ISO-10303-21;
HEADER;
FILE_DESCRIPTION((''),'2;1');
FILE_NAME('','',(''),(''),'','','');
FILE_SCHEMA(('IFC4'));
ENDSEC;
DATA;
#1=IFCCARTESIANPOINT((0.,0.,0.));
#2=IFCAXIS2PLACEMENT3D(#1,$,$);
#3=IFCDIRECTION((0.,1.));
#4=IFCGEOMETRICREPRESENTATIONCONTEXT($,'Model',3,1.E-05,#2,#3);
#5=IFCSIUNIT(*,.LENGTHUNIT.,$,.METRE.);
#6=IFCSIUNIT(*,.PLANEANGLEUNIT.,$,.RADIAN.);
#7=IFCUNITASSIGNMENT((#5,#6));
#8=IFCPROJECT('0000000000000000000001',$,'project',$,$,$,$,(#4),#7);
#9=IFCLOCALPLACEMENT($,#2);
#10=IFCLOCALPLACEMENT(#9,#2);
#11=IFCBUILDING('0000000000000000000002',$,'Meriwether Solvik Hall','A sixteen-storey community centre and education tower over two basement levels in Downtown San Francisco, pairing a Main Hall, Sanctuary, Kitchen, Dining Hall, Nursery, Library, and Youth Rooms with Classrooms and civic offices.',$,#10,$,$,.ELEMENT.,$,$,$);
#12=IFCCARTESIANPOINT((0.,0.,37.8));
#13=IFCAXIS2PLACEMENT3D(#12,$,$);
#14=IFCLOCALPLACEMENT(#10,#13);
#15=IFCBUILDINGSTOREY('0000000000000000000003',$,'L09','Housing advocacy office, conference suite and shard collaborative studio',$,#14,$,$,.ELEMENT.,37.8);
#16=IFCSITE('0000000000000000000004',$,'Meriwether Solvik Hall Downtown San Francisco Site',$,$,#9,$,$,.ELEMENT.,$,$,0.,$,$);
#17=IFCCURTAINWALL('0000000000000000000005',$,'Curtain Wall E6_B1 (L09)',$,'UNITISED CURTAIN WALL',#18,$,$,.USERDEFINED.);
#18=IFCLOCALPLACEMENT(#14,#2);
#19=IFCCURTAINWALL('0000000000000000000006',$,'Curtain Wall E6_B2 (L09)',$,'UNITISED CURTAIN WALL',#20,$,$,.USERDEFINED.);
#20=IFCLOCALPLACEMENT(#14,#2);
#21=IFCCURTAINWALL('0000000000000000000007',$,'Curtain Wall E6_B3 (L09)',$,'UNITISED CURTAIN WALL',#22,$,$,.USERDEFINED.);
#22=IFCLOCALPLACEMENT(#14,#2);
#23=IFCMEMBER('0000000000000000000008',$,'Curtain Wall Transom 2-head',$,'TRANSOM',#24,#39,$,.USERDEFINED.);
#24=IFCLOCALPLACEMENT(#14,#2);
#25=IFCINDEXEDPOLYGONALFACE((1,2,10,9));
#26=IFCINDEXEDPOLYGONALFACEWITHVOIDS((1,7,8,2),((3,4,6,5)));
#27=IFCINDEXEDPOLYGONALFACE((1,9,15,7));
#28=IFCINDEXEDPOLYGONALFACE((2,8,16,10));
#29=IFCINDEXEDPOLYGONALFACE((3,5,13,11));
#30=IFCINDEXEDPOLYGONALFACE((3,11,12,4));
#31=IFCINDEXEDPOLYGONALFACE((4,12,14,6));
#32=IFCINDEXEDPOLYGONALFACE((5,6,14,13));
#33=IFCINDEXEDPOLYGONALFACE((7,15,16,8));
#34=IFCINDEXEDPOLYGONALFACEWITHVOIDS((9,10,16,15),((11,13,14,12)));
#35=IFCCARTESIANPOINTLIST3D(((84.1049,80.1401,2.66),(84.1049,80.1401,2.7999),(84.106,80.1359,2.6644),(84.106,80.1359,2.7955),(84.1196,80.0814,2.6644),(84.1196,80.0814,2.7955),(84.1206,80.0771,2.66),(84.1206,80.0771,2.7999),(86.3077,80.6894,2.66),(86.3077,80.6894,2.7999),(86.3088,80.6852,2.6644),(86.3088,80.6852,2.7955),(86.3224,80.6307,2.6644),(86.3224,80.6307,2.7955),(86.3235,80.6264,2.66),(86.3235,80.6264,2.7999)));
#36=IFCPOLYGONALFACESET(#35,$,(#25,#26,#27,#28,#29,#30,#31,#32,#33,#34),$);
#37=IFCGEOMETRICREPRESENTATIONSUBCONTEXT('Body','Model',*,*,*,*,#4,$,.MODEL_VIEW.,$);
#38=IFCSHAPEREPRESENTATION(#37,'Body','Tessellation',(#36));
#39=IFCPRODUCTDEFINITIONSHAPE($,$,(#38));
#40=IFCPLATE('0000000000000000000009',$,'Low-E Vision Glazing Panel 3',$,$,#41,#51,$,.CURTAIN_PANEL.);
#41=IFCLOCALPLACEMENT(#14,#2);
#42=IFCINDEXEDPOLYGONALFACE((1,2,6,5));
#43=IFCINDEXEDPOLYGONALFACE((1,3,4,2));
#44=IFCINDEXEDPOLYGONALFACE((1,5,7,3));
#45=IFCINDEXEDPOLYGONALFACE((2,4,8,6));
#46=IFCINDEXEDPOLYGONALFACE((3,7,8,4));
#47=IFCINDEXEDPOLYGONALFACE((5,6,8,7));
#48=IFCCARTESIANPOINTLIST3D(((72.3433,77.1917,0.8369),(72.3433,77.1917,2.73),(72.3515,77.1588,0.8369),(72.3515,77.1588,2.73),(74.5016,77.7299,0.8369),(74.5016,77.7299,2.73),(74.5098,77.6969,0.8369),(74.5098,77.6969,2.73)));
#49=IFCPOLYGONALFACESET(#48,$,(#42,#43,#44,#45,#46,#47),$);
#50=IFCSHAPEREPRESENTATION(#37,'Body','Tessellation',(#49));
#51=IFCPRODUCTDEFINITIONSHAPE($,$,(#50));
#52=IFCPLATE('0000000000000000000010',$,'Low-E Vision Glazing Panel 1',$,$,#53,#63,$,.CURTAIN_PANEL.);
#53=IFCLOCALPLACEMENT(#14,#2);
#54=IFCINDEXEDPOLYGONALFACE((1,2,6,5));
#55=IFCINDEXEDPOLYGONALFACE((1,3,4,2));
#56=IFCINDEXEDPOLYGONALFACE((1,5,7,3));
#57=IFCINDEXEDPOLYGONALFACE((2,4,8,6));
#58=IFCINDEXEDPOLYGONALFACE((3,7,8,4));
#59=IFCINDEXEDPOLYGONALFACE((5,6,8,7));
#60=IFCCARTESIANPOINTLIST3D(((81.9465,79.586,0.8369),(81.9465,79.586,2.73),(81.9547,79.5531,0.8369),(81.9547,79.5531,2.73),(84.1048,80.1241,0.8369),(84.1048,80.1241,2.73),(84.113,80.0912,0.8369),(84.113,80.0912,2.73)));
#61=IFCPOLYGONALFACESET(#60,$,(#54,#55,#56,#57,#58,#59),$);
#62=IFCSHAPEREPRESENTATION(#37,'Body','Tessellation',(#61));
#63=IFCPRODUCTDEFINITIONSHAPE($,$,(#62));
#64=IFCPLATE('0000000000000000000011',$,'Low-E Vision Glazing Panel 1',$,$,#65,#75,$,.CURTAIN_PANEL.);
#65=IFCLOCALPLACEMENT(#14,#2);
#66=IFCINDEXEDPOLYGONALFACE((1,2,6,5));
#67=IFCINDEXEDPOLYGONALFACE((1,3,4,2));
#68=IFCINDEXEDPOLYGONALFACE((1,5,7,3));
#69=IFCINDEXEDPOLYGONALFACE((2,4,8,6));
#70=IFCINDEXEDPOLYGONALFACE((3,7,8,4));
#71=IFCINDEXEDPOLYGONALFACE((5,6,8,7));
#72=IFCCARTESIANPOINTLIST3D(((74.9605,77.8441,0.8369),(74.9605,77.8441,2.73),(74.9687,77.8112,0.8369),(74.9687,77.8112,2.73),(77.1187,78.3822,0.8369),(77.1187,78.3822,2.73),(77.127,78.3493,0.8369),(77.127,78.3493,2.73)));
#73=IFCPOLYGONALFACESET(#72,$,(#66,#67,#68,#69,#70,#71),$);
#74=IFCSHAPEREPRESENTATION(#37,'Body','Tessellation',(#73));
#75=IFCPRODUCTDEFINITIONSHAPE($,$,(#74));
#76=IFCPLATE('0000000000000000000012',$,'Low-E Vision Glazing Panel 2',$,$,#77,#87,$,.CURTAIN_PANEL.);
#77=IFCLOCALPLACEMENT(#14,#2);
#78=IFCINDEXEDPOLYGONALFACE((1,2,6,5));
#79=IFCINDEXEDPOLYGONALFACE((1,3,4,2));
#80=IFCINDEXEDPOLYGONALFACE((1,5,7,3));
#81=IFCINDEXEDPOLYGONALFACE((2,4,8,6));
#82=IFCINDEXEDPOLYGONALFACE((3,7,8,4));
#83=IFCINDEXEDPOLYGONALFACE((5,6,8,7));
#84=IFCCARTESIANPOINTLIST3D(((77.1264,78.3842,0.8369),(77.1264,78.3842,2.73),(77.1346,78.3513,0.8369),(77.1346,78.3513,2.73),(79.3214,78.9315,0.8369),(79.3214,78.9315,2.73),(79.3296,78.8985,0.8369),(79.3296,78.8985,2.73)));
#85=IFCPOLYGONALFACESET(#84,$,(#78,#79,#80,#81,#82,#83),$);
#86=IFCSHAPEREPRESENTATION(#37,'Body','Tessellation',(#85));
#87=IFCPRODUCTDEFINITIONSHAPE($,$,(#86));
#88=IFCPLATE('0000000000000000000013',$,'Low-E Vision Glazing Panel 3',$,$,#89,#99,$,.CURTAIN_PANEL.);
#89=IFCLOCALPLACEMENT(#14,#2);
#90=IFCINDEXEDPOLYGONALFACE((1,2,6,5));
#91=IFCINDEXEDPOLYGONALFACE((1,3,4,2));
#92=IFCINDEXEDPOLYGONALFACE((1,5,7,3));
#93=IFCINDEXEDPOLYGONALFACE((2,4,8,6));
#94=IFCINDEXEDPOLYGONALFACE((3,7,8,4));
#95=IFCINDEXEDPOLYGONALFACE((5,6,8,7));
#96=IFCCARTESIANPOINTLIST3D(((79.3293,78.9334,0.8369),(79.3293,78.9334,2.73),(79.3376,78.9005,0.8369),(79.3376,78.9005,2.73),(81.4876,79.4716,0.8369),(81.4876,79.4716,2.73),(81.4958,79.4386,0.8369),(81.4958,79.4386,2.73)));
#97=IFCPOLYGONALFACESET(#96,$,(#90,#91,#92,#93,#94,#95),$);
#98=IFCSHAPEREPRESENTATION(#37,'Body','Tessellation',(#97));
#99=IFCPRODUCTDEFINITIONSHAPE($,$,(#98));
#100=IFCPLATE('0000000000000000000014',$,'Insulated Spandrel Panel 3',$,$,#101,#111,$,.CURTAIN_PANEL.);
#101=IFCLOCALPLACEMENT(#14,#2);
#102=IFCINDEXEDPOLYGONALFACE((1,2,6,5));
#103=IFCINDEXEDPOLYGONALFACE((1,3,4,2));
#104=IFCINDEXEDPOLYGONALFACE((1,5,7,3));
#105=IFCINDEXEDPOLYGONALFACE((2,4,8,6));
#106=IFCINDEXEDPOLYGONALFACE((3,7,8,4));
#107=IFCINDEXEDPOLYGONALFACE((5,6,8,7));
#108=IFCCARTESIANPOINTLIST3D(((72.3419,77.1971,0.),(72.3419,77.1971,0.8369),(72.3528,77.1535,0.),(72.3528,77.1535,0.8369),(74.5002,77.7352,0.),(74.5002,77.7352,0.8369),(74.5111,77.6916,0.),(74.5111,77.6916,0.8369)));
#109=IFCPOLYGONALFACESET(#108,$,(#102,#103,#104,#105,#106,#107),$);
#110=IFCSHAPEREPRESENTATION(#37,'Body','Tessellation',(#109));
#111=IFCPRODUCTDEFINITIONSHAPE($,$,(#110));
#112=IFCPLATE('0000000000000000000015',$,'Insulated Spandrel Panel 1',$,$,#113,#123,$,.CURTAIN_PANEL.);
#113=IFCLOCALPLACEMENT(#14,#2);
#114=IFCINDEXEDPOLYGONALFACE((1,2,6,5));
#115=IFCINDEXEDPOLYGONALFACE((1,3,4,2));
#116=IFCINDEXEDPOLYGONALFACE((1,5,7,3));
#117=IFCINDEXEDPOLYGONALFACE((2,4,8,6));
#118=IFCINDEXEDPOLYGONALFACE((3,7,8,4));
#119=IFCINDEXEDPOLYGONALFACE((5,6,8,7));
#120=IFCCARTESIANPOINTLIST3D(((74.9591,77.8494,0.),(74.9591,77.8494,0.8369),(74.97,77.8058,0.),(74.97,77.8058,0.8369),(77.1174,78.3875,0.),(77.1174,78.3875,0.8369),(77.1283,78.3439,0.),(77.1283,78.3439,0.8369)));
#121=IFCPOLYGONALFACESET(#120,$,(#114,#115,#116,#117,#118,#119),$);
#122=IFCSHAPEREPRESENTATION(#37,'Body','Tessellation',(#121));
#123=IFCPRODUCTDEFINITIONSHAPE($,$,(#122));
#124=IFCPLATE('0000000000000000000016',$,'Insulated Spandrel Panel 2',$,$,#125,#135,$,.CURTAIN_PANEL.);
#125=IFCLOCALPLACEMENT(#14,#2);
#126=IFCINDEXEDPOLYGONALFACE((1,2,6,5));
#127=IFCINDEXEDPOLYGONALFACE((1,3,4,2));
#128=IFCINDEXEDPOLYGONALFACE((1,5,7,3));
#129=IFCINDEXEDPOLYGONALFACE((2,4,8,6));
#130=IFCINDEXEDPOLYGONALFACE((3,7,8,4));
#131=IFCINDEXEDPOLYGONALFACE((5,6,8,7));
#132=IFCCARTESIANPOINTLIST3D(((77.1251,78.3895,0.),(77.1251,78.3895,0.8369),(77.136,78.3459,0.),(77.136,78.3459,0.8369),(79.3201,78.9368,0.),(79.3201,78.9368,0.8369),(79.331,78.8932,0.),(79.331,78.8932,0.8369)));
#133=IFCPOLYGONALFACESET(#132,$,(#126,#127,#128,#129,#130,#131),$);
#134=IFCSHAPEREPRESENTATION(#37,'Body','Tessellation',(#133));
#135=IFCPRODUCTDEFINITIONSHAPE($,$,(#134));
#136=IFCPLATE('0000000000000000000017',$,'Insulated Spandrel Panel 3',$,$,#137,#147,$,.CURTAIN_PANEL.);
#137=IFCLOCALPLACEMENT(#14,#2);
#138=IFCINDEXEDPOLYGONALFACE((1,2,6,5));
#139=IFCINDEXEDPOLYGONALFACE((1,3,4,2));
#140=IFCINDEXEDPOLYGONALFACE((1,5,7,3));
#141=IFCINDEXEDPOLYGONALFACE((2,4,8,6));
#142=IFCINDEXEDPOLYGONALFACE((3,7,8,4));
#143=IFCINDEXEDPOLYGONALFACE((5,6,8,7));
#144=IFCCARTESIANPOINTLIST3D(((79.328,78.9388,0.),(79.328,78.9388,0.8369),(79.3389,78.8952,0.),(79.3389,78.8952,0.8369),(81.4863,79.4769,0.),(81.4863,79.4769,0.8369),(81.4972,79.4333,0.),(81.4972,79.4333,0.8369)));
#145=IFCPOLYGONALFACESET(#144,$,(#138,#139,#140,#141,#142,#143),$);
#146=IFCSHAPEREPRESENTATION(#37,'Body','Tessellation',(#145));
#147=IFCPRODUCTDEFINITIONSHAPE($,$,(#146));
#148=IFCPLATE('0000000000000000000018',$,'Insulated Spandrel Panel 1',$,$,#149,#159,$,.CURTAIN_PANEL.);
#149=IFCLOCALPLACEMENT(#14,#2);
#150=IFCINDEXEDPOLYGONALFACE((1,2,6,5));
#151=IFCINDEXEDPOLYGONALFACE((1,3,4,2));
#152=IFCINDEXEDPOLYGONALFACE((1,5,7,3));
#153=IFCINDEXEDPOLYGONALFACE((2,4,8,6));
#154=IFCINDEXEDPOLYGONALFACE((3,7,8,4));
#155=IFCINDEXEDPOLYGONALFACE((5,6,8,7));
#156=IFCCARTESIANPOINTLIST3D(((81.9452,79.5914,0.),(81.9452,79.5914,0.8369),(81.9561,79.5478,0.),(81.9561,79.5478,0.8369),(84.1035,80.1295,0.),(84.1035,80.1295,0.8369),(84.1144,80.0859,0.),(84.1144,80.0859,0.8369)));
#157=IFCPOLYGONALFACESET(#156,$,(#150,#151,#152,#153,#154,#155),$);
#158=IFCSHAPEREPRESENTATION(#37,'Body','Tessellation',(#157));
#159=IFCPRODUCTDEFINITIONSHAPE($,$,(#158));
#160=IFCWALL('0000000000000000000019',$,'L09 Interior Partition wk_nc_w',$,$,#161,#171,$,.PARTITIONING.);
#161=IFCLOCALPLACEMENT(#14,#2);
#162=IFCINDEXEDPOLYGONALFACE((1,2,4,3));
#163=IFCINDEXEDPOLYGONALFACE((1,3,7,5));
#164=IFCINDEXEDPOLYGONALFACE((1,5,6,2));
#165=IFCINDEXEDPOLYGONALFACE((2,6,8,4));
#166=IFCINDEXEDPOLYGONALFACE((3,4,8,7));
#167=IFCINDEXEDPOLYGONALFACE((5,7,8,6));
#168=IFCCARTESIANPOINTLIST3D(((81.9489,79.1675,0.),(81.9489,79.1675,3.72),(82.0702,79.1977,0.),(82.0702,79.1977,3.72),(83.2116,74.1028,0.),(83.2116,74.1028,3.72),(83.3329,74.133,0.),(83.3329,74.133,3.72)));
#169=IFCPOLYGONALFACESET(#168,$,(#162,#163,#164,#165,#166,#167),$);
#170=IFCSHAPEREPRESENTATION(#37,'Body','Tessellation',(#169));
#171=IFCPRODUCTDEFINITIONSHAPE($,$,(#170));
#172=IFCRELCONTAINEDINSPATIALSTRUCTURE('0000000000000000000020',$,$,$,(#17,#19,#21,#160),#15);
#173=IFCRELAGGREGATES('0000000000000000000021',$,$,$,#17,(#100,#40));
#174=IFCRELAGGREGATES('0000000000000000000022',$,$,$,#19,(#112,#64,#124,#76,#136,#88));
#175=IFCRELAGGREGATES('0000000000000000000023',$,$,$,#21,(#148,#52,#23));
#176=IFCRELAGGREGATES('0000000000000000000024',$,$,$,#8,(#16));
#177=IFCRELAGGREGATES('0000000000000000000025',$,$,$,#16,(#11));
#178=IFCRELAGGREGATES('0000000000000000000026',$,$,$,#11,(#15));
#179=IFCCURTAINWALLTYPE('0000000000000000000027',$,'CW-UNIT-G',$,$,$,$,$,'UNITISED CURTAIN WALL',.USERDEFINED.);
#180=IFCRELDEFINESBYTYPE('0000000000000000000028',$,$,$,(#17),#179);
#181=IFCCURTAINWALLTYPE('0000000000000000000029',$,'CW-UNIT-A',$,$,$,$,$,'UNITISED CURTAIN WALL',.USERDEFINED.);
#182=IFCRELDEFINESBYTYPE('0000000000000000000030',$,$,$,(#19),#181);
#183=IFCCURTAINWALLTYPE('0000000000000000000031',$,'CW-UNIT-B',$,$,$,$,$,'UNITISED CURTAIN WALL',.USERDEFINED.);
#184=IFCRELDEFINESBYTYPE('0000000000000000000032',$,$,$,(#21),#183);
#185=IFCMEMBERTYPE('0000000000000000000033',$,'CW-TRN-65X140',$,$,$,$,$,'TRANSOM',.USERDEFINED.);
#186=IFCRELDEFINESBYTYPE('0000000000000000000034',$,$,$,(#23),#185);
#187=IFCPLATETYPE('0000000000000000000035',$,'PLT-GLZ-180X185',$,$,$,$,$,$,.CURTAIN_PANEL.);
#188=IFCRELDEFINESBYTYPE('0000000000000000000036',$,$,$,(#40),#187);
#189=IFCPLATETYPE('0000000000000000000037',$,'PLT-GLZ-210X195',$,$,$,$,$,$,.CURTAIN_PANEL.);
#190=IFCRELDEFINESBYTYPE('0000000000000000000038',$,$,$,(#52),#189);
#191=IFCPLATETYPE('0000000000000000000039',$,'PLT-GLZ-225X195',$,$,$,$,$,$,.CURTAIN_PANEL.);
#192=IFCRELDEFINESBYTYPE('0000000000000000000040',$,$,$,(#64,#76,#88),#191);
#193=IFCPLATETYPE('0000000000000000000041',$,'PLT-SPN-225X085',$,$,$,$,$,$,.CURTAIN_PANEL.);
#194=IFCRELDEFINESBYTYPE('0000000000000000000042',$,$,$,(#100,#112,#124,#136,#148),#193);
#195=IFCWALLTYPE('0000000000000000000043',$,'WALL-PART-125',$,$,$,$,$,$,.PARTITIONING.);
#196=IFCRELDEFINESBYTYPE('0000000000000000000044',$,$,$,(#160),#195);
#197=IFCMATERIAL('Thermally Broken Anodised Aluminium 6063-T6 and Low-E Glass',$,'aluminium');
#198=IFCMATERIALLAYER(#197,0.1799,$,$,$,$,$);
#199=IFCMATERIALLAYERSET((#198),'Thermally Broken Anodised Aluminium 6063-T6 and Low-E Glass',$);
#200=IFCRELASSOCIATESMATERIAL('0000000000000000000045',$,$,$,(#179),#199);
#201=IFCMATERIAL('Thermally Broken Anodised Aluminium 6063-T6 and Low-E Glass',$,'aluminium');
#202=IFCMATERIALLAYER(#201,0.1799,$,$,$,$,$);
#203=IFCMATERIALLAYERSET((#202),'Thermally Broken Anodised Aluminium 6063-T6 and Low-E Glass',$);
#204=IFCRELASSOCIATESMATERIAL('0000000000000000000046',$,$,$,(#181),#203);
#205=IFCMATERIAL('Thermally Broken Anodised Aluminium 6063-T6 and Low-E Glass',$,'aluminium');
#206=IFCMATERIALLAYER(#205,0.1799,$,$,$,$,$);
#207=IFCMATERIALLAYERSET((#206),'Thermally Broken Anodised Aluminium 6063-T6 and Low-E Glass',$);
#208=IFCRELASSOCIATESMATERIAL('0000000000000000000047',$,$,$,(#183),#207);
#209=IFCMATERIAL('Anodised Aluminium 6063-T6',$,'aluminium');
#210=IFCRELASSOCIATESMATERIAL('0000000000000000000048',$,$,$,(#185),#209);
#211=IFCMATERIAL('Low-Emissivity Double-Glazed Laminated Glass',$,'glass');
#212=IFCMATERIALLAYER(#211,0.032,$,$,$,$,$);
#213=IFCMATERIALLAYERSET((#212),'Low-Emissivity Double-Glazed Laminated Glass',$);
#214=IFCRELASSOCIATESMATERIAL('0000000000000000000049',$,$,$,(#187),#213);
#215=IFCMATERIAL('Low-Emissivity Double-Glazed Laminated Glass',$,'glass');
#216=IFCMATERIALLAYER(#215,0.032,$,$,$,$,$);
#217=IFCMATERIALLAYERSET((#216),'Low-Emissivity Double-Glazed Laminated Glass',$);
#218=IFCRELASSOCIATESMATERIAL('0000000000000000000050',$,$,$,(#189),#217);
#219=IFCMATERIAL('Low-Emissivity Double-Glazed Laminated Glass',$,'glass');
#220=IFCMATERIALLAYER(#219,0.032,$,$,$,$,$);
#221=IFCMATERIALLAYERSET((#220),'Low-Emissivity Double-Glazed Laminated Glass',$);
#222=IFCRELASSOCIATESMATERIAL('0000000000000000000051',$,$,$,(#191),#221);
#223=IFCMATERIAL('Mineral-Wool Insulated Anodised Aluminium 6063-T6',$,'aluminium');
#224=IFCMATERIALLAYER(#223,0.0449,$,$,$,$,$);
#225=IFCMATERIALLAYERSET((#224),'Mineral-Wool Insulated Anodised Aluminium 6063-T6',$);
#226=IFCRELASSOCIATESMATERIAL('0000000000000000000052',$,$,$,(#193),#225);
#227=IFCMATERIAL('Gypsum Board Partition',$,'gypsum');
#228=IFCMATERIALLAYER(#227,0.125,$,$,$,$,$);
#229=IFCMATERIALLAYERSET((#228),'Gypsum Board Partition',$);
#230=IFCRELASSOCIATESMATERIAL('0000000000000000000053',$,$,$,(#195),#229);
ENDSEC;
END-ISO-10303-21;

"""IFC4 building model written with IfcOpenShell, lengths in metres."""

from ifc_helpers import new_model, si_unit, direction, frame, frame_2d, origin, origin_2d, place, context, subcontext, project, spatial, rectangle, hollow_rectangle, extrude, material, layer, layer_set, material_profile, profile_set, type_object, element, aggregate, save


model = new_model("IFC4")

# Units and contexts
model_context = context("Model", 3, precision=1e-05, world=origin(), true_north=direction((0.0, 1.0)))
body_context = subcontext(model_context, "Body", "Model", "MODEL_VIEW")
ifc_project = project(units=[si_unit("LENGTHUNIT", "METRE"), si_unit("PLANEANGLEUNIT", "RADIAN")], contexts=[model_context])

# Site, building, storey
site_placement = place(None, origin())
site = spatial("IfcSite", under=ifc_project, at=site_placement, Name="Meriwether Solvik Hall Downtown San Francisco Site", CompositionType="ELEMENT", RefElevation=0.0)
building_placement = place(site_placement, origin())
building = spatial("IfcBuilding", under=site, at=building_placement, Name="Meriwether Solvik Hall", Description="A sixteen-storey community centre and education tower over two basement levels in Downtown San Francisco, pairing a Main Hall, Sanctuary, Kitchen, Dining Hall, Nursery, Library, and Youth Rooms with Classrooms and civic offices.", CompositionType="ELEMENT")
storey_placement = place(building_placement, frame((0.0, 0.0, 37.8)))
storey = spatial("IfcBuildingStorey", under=building, at=storey_placement, Name="L09", Description="Housing advocacy office, conference suite and shard collaborative studio", CompositionType="ELEMENT", Elevation=37.8)

# Curtain walls
ifc_material_1 = material(Name="Thermally Broken Anodised Aluminium 6063-T6 and Low-E Glass", Category="aluminium")
ifc_layer_1 = layer(ifc_material_1, 0.1799)
ifc_layer_set_1 = layer_set([ifc_layer_1], Name="Thermally Broken Anodised Aluminium 6063-T6 and Low-E Glass")
curtain_wall_type_1 = type_object("IfcCurtainWallType", Name="CW-UNIT-G", ElementType="UNITISED CURTAIN WALL", PredefinedType="USERDEFINED", material=ifc_layer_set_1)
curtain_wall_1_placement = place(storey_placement, origin())
curtain_wall_1 = element("IfcCurtainWall", 1, at=curtain_wall_1_placement, inside=storey, type_object=curtain_wall_type_1, Name="Curtain Wall E6_B1 (L09)", ObjectType="UNITISED CURTAIN WALL", PredefinedType="USERDEFINED")
ifc_material_2 = material(Name="Thermally Broken Anodised Aluminium 6063-T6 and Low-E Glass", Category="aluminium")
ifc_layer_2 = layer(ifc_material_2, 0.1799)
ifc_layer_set_2 = layer_set([ifc_layer_2], Name="Thermally Broken Anodised Aluminium 6063-T6 and Low-E Glass")
curtain_wall_type_2 = type_object("IfcCurtainWallType", Name="CW-UNIT-A", ElementType="UNITISED CURTAIN WALL", PredefinedType="USERDEFINED", material=ifc_layer_set_2)
curtain_wall_2_placement = place(storey_placement, origin())
curtain_wall_2 = element("IfcCurtainWall", 2, at=curtain_wall_2_placement, inside=storey, type_object=curtain_wall_type_2, Name="Curtain Wall E6_B2 (L09)", ObjectType="UNITISED CURTAIN WALL", PredefinedType="USERDEFINED")
ifc_material_3 = material(Name="Thermally Broken Anodised Aluminium 6063-T6 and Low-E Glass", Category="aluminium")
ifc_layer_3 = layer(ifc_material_3, 0.1799)
ifc_layer_set_3 = layer_set([ifc_layer_3], Name="Thermally Broken Anodised Aluminium 6063-T6 and Low-E Glass")
curtain_wall_type_3 = type_object("IfcCurtainWallType", Name="CW-UNIT-B", ElementType="UNITISED CURTAIN WALL", PredefinedType="USERDEFINED", material=ifc_layer_set_3)
curtain_wall_3_placement = place(storey_placement, origin())
curtain_wall_3 = element("IfcCurtainWall", 3, at=curtain_wall_3_placement, inside=storey, type_object=curtain_wall_type_3, Name="Curtain Wall E6_B3 (L09)", ObjectType="UNITISED CURTAIN WALL", PredefinedType="USERDEFINED")

# Member
ifc_material_4 = material(Name="Anodised Aluminium 6063-T6", Category="aluminium")
ifc_material_profile_1 = material_profile(ifc_material_4, hollow_rectangle(XDim=0.0649, YDim=0.1399, WallThickness=0.0044, at=origin_2d()), Name="CWT-65X140")
ifc_profile_set_1 = profile_set([ifc_material_profile_1], Name="Anodised Aluminium 6063-T6")
member_type_1 = type_object("IfcMemberType", Name="CW-TRN-65X140", ElementType="TRANSOM", PredefinedType="USERDEFINED", material=ifc_profile_set_1)
member_1_placement = place(storey_placement, frame((84.1128, 80.1086, 2.73), z_axis=(0.970288, 0.241954, 0.0), x_axis=(-0.241954, 0.970288, 0.0)))
member_1 = element("IfcMember", 4, at=member_1_placement, type_object=member_type_1, Name="Curtain Wall Transom 2-head", ObjectType="TRANSOM", PredefinedType="USERDEFINED", context=body_context, shape_type="SweptSolid", body=[
    extrude(hollow_rectangle(XDim=0.0649, YDim=0.1399, WallThickness=0.0044, at=origin_2d()), origin(), (0.0, 0.0, 1.0), 2.2703),
])

# Plates
ifc_material_5 = material(Name="Low-Emissivity Double-Glazed Laminated Glass", Category="glass")
ifc_layer_4 = layer(ifc_material_5, 0.032)
ifc_layer_set_4 = layer_set([ifc_layer_4], Name="Low-Emissivity Double-Glazed Laminated Glass")
plate_type_1 = type_object("IfcPlateType", Name="PLT-GLZ-180X185", PredefinedType="CURTAIN_PANEL", material=ifc_layer_set_4)
plate_1_placement = place(storey_placement, frame((73.4265, 77.4443, 0.8369), z_axis=(0.0, 0.0, 1.0), x_axis=(0.970296, 0.241922, 0.0)))
plate_1 = element("IfcPlate", 5, at=plate_1_placement, type_object=plate_type_1, Name="Low-E Vision Glazing Panel 3", PredefinedType="CURTAIN_PANEL", context=body_context, shape_type="SweptSolid", body=[
    extrude(rectangle(XDim=2.2244, YDim=0.0339, at=origin_2d()), origin(), (0.0, 0.0, 1.0), 1.8931),
])
ifc_material_6 = material(Name="Low-Emissivity Double-Glazed Laminated Glass", Category="glass")
ifc_layer_5 = layer(ifc_material_6, 0.032)
ifc_layer_set_5 = layer_set([ifc_layer_5], Name="Low-Emissivity Double-Glazed Laminated Glass")
plate_type_2 = type_object("IfcPlateType", Name="PLT-GLZ-210X195", PredefinedType="CURTAIN_PANEL", material=ifc_layer_set_5)
plate_2_placement = place(storey_placement, frame((83.0298, 79.8386, 0.8369), z_axis=(0.0, 0.0, 1.0), x_axis=(0.970296, 0.241922, 0.0)))
plate_2 = element("IfcPlate", 6, at=plate_2_placement, type_object=plate_type_2, Name="Low-E Vision Glazing Panel 1", PredefinedType="CURTAIN_PANEL", context=body_context, shape_type="SweptSolid", body=[
    extrude(rectangle(XDim=2.2244, YDim=0.0339, at=origin_2d()), origin(), (0.0, 0.0, 1.0), 1.8931),
])
ifc_material_7 = material(Name="Low-Emissivity Double-Glazed Laminated Glass", Category="glass")
ifc_layer_6 = layer(ifc_material_7, 0.032)
ifc_layer_set_6 = layer_set([ifc_layer_6], Name="Low-Emissivity Double-Glazed Laminated Glass")
plate_type_3 = type_object("IfcPlateType", Name="PLT-GLZ-225X195", PredefinedType="CURTAIN_PANEL", material=ifc_layer_set_6)
plate_3_placement = place(storey_placement, frame((76.0437, 78.0967, 0.8369), z_axis=(0.0, 0.0, 1.0), x_axis=(0.970296, 0.241922, 0.0)))
plate_3 = element("IfcPlate", 7, at=plate_3_placement, type_object=plate_type_3, Name="Low-E Vision Glazing Panel 1", PredefinedType="CURTAIN_PANEL", context=body_context, shape_type="SweptSolid", body=[
    extrude(rectangle(XDim=2.2244, YDim=0.0339, at=origin_2d()), origin(), (0.0, 0.0, 1.0), 1.8931),
])
plate_4_placement = place(storey_placement, frame((78.228, 78.6414, 0.8369), z_axis=(0.0, 0.0, 1.0), x_axis=(0.970296, 0.241922, 0.0)))
plate_4 = element("IfcPlate", 8, at=plate_4_placement, type_object=plate_type_3, Name="Low-E Vision Glazing Panel 2", PredefinedType="CURTAIN_PANEL", context=body_context, shape_type="SweptSolid", body=[
    extrude(rectangle(XDim=2.2622, YDim=0.0339, at=origin_2d()), origin(), (0.0, 0.0, 1.0), 1.8931),
])
plate_5_placement = place(storey_placement, frame((80.4126, 79.186, 0.8369), z_axis=(0.0, 0.0, 1.0), x_axis=(0.970296, 0.241922, 0.0)))
plate_5 = element("IfcPlate", 9, at=plate_5_placement, type_object=plate_type_3, Name="Low-E Vision Glazing Panel 3", PredefinedType="CURTAIN_PANEL", context=body_context, shape_type="SweptSolid", body=[
    extrude(rectangle(XDim=2.2244, YDim=0.0339, at=origin_2d()), origin(), (0.0, 0.0, 1.0), 1.8931),
])
ifc_material_8 = material(Name="Mineral-Wool Insulated Anodised Aluminium 6063-T6", Category="aluminium")
ifc_layer_7 = layer(ifc_material_8, 0.0449)
ifc_layer_set_7 = layer_set([ifc_layer_7], Name="Mineral-Wool Insulated Anodised Aluminium 6063-T6")
plate_type_4 = type_object("IfcPlateType", Name="PLT-SPN-225X085", PredefinedType="CURTAIN_PANEL", material=ifc_layer_set_7)
plate_6_placement = place(storey_placement, frame((73.4265, 77.4443, 0.0), z_axis=(0.0, 0.0, 1.0), x_axis=(0.970296, 0.241922, 0.0)))
plate_6 = element("IfcPlate", 10, at=plate_6_placement, type_object=plate_type_4, Name="Insulated Spandrel Panel 3", PredefinedType="CURTAIN_PANEL", context=body_context, shape_type="SweptSolid", body=[
    extrude(rectangle(XDim=2.2244, YDim=0.0449, at=origin_2d()), origin(), (0.0, 0.0, 1.0), 0.8369),
])
aggregate(curtain_wall_1, [plate_6, plate_1])
plate_7_placement = place(storey_placement, frame((76.0437, 78.0967, 0.0), z_axis=(0.0, 0.0, 1.0), x_axis=(0.970296, 0.241922, 0.0)))
plate_7 = element("IfcPlate", 11, at=plate_7_placement, type_object=plate_type_4, Name="Insulated Spandrel Panel 1", PredefinedType="CURTAIN_PANEL", context=body_context, shape_type="SweptSolid", body=[
    extrude(rectangle(XDim=2.2244, YDim=0.0449, at=origin_2d()), origin(), (0.0, 0.0, 1.0), 0.8369),
])
plate_8_placement = place(storey_placement, frame((78.228, 78.6414, 0.0), z_axis=(0.0, 0.0, 1.0), x_axis=(0.970296, 0.241922, 0.0)))
plate_8 = element("IfcPlate", 12, at=plate_8_placement, type_object=plate_type_4, Name="Insulated Spandrel Panel 2", PredefinedType="CURTAIN_PANEL", context=body_context, shape_type="SweptSolid", body=[
    extrude(rectangle(XDim=2.2622, YDim=0.0449, at=origin_2d()), origin(), (0.0, 0.0, 1.0), 0.8369),
])
plate_9_placement = place(storey_placement, frame((80.4126, 79.186, 0.0), z_axis=(0.0, 0.0, 1.0), x_axis=(0.970296, 0.241922, 0.0)))
plate_9 = element("IfcPlate", 13, at=plate_9_placement, type_object=plate_type_4, Name="Insulated Spandrel Panel 3", PredefinedType="CURTAIN_PANEL", context=body_context, shape_type="SweptSolid", body=[
    extrude(rectangle(XDim=2.2244, YDim=0.0449, at=origin_2d()), origin(), (0.0, 0.0, 1.0), 0.8369),
])
aggregate(curtain_wall_2, [plate_7, plate_3, plate_8, plate_4, plate_9, plate_5])
plate_10_placement = place(storey_placement, frame((83.0298, 79.8386, 0.0), z_axis=(0.0, 0.0, 1.0), x_axis=(0.970296, 0.241922, 0.0)))
plate_10 = element("IfcPlate", 14, at=plate_10_placement, type_object=plate_type_4, Name="Insulated Spandrel Panel 1", PredefinedType="CURTAIN_PANEL", context=body_context, shape_type="SweptSolid", body=[
    extrude(rectangle(XDim=2.2244, YDim=0.0449, at=origin_2d()), origin(), (0.0, 0.0, 1.0), 0.8369),
])
aggregate(curtain_wall_3, [plate_10, plate_2, member_1])

# Wall
ifc_material_9 = material(Name="Gypsum Board Partition", Category="gypsum")
ifc_layer_8 = layer(ifc_material_9, 0.125)
ifc_layer_set_8 = layer_set([ifc_layer_8], Name="Gypsum Board Partition")
wall_type = type_object("IfcWallType", Name="WALL-PART-125", PredefinedType="PARTITIONING", material=ifc_layer_set_8)
wall_placement = place(storey_placement, frame((82.0095, 79.1826, 0.0), z_axis=(0.0, 0.0, 1.0), x_axis=(0.241908, -0.970299, 0.0)))
element("IfcWall", 15, at=wall_placement, inside=storey, type_object=wall_type, Name="L09 Interior Partition wk_nc_w", PredefinedType="PARTITIONING", context=body_context, shape_type="SweptSolid", body=[
    extrude(rectangle(XDim=5.2197, YDim=0.125, at=frame_2d((2.6099, 0.0))), origin(), (0.0, 0.0, 1.0), 3.72),
])

save(model, "model.ifc")
